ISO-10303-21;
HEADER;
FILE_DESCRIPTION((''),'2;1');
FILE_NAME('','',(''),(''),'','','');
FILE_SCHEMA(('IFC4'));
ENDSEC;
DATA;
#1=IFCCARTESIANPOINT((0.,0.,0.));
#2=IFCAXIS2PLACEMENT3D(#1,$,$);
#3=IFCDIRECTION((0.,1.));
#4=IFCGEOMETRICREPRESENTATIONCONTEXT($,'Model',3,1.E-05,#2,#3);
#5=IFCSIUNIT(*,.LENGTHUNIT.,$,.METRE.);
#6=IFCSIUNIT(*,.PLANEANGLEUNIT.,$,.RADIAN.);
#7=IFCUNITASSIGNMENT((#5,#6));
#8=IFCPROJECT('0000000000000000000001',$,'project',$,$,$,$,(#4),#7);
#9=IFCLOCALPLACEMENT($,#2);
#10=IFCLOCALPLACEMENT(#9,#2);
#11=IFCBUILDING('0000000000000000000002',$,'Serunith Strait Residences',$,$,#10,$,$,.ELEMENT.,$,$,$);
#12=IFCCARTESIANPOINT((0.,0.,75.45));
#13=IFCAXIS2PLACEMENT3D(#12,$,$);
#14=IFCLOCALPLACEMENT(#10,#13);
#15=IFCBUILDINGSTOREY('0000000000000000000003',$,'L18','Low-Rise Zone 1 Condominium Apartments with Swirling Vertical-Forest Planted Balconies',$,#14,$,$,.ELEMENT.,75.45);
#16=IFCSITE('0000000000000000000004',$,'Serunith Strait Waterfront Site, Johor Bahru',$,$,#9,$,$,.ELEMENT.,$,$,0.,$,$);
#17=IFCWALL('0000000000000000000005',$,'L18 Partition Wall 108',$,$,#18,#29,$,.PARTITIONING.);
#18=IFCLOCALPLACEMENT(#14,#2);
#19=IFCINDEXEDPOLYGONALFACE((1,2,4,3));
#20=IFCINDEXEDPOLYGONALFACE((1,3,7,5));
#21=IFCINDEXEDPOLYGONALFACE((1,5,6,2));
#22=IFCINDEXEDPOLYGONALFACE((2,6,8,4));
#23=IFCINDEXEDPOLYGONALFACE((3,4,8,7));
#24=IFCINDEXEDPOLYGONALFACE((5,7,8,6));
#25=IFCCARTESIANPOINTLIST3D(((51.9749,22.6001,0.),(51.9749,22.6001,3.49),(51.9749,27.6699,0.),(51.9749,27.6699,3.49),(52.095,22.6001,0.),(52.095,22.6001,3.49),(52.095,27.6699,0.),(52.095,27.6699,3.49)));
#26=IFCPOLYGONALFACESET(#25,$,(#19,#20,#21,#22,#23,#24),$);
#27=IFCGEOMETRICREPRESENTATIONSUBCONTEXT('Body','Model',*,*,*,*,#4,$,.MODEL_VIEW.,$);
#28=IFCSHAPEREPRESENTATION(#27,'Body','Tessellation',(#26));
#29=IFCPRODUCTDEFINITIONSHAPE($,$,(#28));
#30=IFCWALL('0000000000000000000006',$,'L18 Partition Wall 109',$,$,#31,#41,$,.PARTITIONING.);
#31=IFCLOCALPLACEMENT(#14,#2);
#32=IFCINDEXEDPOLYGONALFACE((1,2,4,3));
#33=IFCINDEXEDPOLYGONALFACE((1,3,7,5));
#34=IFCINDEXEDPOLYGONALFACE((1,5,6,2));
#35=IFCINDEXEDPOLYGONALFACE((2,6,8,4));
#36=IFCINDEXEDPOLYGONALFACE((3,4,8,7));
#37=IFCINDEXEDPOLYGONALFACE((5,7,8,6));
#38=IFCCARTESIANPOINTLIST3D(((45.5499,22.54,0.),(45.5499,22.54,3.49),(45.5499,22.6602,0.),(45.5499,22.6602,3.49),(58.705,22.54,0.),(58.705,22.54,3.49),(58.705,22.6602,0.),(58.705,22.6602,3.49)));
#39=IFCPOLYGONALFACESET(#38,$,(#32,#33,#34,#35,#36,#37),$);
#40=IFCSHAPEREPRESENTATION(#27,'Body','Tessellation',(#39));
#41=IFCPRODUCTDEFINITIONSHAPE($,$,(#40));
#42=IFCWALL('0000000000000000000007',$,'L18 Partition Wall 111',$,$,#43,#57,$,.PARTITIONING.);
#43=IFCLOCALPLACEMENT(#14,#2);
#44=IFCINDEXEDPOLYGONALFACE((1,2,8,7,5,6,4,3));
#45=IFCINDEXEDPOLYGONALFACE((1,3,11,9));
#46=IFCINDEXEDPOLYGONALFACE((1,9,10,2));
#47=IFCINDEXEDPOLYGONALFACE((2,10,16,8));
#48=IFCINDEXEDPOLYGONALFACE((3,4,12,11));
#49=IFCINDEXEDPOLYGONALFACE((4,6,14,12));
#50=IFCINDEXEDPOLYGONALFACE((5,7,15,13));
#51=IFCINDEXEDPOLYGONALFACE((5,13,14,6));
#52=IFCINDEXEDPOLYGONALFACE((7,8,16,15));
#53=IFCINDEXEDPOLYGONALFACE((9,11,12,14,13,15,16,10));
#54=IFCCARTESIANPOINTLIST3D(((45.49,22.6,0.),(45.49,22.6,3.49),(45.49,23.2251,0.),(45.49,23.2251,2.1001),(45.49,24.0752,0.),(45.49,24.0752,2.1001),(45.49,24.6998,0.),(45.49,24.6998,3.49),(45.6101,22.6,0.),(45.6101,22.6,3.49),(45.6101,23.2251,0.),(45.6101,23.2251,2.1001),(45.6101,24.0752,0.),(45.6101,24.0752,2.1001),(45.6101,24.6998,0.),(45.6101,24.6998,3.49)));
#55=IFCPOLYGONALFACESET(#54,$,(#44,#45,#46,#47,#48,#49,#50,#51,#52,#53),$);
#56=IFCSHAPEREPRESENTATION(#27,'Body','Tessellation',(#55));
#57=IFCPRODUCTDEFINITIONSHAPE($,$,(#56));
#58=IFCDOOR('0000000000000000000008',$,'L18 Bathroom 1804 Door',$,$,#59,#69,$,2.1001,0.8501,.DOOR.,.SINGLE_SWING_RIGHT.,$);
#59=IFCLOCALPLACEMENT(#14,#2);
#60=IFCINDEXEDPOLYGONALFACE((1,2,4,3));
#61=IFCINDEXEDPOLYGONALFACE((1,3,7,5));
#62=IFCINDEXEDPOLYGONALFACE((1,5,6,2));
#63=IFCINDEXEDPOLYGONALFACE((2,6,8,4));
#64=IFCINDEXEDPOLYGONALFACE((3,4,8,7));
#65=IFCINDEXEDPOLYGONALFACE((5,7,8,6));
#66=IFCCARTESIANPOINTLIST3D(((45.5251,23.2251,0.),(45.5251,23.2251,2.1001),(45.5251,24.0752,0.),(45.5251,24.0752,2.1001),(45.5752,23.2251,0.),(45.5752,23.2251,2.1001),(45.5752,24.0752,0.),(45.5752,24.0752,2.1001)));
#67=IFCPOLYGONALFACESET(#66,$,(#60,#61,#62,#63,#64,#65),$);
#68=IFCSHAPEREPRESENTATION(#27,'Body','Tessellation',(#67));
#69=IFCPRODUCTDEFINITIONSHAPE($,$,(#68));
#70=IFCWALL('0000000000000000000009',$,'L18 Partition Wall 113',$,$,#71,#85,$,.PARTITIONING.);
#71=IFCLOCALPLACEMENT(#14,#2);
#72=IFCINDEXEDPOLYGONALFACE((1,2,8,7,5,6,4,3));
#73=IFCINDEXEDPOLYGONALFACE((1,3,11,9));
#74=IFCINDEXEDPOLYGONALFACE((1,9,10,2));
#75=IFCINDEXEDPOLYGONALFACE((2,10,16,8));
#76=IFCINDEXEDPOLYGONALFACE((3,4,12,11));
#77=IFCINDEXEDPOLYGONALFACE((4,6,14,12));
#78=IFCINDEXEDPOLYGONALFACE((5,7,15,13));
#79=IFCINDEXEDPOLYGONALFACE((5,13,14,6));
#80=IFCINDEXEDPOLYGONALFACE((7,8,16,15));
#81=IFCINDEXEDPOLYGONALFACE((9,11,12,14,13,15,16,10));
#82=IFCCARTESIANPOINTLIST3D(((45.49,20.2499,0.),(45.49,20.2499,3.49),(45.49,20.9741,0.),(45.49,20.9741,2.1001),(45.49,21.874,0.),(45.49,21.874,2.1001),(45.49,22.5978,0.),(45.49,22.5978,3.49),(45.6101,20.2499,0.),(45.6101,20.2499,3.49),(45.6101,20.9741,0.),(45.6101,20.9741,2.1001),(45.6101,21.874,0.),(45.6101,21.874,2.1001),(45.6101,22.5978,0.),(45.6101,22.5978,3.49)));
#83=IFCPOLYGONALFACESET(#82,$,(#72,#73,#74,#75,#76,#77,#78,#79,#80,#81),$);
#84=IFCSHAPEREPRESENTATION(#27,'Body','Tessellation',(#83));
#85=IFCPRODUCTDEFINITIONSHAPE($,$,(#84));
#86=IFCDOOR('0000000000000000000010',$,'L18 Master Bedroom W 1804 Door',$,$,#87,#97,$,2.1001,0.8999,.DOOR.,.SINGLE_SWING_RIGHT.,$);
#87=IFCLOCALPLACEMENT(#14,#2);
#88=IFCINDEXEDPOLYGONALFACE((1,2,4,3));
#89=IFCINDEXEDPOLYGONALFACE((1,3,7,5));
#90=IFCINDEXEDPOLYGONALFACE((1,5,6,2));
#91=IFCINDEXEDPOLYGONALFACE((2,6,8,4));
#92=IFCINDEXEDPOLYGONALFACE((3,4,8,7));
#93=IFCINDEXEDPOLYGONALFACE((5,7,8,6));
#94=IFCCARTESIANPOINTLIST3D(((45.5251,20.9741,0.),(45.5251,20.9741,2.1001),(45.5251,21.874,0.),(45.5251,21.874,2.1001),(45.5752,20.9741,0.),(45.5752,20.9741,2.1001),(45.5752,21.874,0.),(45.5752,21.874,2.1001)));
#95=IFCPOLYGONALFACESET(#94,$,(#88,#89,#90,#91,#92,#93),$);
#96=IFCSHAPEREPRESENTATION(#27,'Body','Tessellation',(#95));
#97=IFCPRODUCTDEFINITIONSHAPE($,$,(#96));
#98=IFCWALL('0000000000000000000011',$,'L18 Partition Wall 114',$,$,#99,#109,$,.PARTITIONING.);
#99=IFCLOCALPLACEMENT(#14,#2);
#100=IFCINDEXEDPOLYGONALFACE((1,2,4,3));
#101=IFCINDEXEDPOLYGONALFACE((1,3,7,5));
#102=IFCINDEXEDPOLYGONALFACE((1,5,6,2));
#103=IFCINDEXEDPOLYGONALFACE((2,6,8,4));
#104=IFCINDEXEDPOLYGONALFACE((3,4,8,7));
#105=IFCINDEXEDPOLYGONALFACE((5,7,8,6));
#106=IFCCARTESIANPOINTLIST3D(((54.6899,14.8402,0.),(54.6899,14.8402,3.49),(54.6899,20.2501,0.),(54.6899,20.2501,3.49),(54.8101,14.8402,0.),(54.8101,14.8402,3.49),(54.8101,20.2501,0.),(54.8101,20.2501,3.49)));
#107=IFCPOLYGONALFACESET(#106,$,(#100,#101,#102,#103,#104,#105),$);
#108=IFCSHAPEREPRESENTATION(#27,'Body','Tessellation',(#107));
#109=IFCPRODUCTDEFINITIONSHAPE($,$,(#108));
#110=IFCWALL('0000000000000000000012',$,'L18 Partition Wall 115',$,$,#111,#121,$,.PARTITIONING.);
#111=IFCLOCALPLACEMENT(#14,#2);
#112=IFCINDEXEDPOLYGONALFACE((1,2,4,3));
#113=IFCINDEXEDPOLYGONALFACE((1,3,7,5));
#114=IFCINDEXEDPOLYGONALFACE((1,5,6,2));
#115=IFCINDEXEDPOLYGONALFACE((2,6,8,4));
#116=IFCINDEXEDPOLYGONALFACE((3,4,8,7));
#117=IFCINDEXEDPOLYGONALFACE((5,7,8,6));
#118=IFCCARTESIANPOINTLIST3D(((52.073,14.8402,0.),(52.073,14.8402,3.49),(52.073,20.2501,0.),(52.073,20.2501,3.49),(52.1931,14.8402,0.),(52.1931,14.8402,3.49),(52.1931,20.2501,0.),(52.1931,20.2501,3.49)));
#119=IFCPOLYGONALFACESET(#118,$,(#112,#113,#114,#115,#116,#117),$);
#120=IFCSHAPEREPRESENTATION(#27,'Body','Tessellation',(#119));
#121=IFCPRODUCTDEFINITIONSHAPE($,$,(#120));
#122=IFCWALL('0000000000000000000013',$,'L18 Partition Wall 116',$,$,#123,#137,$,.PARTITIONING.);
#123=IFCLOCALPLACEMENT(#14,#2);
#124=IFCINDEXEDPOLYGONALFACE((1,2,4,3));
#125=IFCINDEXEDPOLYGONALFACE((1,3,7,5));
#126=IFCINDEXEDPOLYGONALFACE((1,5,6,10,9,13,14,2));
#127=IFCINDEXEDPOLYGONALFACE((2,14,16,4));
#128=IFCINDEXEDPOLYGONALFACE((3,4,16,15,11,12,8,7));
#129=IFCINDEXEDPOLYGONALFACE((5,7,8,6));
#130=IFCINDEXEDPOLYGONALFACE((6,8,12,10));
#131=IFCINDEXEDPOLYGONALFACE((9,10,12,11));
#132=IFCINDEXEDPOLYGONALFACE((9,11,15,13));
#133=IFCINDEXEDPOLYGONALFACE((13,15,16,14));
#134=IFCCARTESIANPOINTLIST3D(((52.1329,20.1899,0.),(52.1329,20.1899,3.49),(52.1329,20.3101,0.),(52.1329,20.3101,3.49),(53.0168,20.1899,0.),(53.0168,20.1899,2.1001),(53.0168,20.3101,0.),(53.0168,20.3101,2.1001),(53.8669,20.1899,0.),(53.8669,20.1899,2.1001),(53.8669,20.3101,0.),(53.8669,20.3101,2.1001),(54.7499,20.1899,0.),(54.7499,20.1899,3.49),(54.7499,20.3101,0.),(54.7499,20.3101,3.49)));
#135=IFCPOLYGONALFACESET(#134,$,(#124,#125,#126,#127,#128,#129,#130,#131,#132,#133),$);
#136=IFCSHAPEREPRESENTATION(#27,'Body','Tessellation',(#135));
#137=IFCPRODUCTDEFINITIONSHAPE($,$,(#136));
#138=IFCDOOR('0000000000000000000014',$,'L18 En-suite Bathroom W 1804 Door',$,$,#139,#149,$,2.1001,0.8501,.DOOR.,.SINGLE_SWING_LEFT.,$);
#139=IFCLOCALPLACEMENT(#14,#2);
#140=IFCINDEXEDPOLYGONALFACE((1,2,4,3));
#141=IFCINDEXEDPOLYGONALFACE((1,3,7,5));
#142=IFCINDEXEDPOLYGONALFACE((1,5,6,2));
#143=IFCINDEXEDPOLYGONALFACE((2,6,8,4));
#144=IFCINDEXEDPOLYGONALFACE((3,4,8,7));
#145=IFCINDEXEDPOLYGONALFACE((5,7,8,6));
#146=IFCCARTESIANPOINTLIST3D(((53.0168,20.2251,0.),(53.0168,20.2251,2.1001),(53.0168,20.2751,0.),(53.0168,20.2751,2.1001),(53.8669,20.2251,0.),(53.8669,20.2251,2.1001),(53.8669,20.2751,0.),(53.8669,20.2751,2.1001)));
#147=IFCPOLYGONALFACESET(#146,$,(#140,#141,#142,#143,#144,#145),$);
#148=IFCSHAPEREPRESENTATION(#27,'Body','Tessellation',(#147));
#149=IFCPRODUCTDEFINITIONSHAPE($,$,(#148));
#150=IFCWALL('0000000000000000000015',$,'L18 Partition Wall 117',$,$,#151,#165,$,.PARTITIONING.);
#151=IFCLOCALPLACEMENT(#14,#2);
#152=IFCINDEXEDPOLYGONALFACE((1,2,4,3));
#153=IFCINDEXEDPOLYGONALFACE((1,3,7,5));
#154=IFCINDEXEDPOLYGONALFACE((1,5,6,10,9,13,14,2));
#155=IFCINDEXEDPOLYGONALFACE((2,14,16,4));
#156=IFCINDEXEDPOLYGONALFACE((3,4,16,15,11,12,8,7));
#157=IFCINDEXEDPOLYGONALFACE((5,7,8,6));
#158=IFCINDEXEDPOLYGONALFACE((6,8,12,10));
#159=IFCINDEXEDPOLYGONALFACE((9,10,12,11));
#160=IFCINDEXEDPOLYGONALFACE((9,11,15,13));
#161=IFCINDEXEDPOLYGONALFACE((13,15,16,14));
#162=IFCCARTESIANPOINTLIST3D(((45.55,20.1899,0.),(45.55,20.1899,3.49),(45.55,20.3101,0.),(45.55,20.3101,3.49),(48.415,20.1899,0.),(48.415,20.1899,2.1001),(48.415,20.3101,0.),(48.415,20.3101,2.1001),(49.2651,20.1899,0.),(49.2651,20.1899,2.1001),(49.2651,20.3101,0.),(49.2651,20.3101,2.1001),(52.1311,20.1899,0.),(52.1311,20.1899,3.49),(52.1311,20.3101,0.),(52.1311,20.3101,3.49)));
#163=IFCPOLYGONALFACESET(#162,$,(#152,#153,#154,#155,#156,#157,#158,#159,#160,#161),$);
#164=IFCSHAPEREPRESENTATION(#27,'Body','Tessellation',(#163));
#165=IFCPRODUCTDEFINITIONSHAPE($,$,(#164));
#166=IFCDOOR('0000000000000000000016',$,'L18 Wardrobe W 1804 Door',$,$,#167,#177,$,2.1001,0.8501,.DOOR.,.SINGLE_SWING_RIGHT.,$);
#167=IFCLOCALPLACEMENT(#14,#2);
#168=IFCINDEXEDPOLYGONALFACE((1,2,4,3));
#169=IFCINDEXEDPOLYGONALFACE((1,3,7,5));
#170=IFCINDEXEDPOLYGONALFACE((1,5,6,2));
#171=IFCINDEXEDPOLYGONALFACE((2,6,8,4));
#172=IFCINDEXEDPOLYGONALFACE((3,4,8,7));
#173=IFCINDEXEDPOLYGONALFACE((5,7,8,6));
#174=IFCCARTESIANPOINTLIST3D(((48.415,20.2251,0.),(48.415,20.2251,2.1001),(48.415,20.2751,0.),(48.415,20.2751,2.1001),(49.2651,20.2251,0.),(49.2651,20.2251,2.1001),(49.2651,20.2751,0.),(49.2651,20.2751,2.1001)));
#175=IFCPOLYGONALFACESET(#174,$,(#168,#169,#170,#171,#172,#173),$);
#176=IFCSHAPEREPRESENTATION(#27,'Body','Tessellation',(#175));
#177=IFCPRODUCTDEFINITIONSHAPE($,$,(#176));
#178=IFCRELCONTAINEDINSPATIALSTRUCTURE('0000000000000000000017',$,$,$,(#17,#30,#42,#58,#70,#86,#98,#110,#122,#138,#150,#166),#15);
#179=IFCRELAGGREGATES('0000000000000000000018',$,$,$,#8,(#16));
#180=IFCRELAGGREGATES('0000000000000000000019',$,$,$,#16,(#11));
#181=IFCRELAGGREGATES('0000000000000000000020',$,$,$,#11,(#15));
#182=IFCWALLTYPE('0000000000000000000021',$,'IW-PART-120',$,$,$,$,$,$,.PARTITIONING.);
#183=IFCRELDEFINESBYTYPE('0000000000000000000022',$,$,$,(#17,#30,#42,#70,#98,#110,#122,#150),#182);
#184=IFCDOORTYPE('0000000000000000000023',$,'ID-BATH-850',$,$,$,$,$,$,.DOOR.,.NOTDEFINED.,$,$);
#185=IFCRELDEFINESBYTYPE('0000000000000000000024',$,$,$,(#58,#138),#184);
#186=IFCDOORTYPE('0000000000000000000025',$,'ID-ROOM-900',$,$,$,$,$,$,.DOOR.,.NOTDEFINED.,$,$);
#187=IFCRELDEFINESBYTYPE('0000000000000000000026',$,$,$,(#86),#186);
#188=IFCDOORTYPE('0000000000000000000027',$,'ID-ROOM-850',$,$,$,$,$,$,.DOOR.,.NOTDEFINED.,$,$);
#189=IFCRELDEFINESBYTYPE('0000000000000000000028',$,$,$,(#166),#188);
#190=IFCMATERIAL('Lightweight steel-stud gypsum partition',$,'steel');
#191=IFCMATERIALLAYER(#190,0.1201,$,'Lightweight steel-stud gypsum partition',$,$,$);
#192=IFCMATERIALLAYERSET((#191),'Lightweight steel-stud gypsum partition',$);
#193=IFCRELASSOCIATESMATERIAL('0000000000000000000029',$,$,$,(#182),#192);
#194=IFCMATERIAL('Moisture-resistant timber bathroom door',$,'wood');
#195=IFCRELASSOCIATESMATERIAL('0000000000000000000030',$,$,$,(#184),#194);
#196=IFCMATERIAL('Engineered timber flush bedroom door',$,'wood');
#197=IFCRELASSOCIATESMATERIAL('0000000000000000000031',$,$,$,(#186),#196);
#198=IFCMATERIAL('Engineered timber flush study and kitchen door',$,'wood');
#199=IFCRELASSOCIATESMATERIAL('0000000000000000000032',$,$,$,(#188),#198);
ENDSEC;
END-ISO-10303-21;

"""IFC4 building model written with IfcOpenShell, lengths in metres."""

from ifc_helpers import new_model, si_unit, direction, frame, frame_2d, origin, place, context, subcontext, project, spatial, rectangle, extrude, source, transform, mapped, material, layer, layer_set, type_object, element, fill, save


model = new_model("IFC4")

# Units and contexts
model_context = context("Model", 3, precision=1e-05, world=origin(), true_north=direction((0.0, 1.0)))
body_context = subcontext(model_context, "Body", "Model", "MODEL_VIEW")
ifc_project = project(units=[si_unit("LENGTHUNIT", "METRE"), si_unit("PLANEANGLEUNIT", "RADIAN")], contexts=[model_context])

# Site, building, storey
site_placement = place(None, origin())
site = spatial("IfcSite", under=ifc_project, at=site_placement, Name="Serunith Strait Waterfront Site, Johor Bahru", CompositionType="ELEMENT", RefElevation=0.0)
building_placement = place(site_placement, origin())
building = spatial("IfcBuilding", under=site, at=building_placement, Name="Serunith Strait Residences", CompositionType="ELEMENT")
storey_placement = place(building_placement, frame((0.0, 0.0, 75.45)))
storey = spatial("IfcBuildingStorey", under=building, at=storey_placement, Name="L18", Description="Low-Rise Zone 1 Condominium Apartments with Swirling Vertical-Forest Planted Balconies", CompositionType="ELEMENT", Elevation=75.45)

# Walls
ifc_material_1 = material(Name="Lightweight steel-stud gypsum partition", Category="steel")
ifc_layer_1 = layer(ifc_material_1, 0.1201, Name="Lightweight steel-stud gypsum partition")
ifc_layer_set_1 = layer_set([ifc_layer_1], Name="Lightweight steel-stud gypsum partition")
wall_type_1 = type_object("IfcWallType", Name="IW-PART-120", PredefinedType="PARTITIONING", material=ifc_layer_set_1)
wall_1_placement = place(storey_placement, frame((52.0349, 22.6001, 0.0), z_axis=(0.0, 0.0, 1.0), x_axis=(0.0, 1.0, 0.0)))
element("IfcWall", 1, at=wall_1_placement, inside=storey, type_object=wall_type_1, Name="L18 Partition Wall 108", PredefinedType="PARTITIONING", context=body_context, shape_type="SweptSolid", body=[
    extrude(rectangle(XDim=5.0698, YDim=0.1201, at=frame_2d((2.5349, 0.0))), origin(), (0.0, 0.0, 1.0), 3.49),
])
wall_2_placement = place(storey_placement, frame((58.7051, 22.6001, 0.0), z_axis=(0.0, 0.0, 1.0), x_axis=(-1.0, 0.0, 0.0)))
element("IfcWall", 2, at=wall_2_placement, inside=storey, type_object=wall_type_1, Name="L18 Partition Wall 109", PredefinedType="PARTITIONING", context=body_context, shape_type="SweptSolid", body=[
    extrude(rectangle(XDim=13.155, YDim=0.1201, at=frame_2d((6.5776, 0.0))), origin(), (0.0, 0.0, 1.0), 3.49),
])

# Walls, openings, doors
wall_3_placement = place(storey_placement, frame((45.55, 22.6001, 0.0), z_axis=(0.0, 0.0, 1.0), x_axis=(0.0, 1.0, 0.0)))
wall_3 = element("IfcWall", 3, at=wall_3_placement, inside=storey, type_object=wall_type_1, Name="L18 Partition Wall 111", PredefinedType="PARTITIONING", context=body_context, shape_type="SweptSolid", body=[
    extrude(rectangle(XDim=2.0999, YDim=0.1201, at=frame_2d((1.0498, 0.0))), origin(), (0.0, 0.0, 1.0), 3.49),
])
opening_1_placement = place(wall_3_placement, frame((0.625, 0.0, 0.0)))
opening_1 = element("IfcOpeningElement", 4, at=opening_1_placement, cuts=wall_3, PredefinedType="OPENING", context=body_context, shape_type="SweptSolid", body=[
    extrude(rectangle(XDim=0.8501, YDim=2.1001, at=frame_2d((0.425, 1.05))), frame((0.0, 0.0701, 0.0), z_axis=(0.0, -1.0, 0.0), x_axis=(1.0, 0.0, 0.0)), (0.0, 0.0, 1.0), 0.1401),
])
ifc_material_2 = material(Name="Moisture-resistant timber bathroom door", Category="wood")
door_type_1 = type_object("IfcDoorType", Name="ID-BATH-850", OperationType="NOTDEFINED", PredefinedType="DOOR", material=ifc_material_2)
shared_shape_1 = source(origin(), body_context, "Body", "SweptSolid", [
    extrude(rectangle(XDim=0.8501, YDim=2.1001, at=frame_2d((0.425, 1.05))), frame((0.0, 0.0249, 0.0), z_axis=(0.0, -1.0, 0.0), x_axis=(1.0, 0.0, 0.0)), (0.0, 0.0, 1.0), 0.05),
])
door_1_placement = place(opening_1_placement, origin())
door_1 = element("IfcDoor", 5, at=door_1_placement, inside=storey, type_object=door_type_1, Name="L18 Bathroom 1804 Door", OperationType="SINGLE_SWING_RIGHT", OverallHeight=2.1001, OverallWidth=0.8501, PredefinedType="DOOR", context=body_context, shape_type="MappedRepresentation", body=[
    mapped(shared_shape_1, transform((0.0, 0.0, 0.0), scale=1.0)),
])
fill(opening_1, door_1)
wall_4_placement = place(storey_placement, frame((45.55, 20.25, 0.0), z_axis=(0.0, 0.0, 1.0), x_axis=(0.0, 1.0, 0.0)))
wall_4 = element("IfcWall", 6, at=wall_4_placement, inside=storey, type_object=wall_type_1, Name="L18 Partition Wall 113", PredefinedType="PARTITIONING", context=body_context, shape_type="SweptSolid", body=[
    extrude(rectangle(XDim=2.3479, YDim=0.1201, at=frame_2d((1.1738, 0.0))), origin(), (0.0, 0.0, 1.0), 3.49),
])
opening_2_placement = place(wall_4_placement, frame((0.7241, 0.0, 0.0)))
opening_2 = element("IfcOpeningElement", 7, at=opening_2_placement, cuts=wall_4, PredefinedType="OPENING", context=body_context, shape_type="SweptSolid", body=[
    extrude(rectangle(XDim=0.8999, YDim=2.1001, at=frame_2d((0.45, 1.05))), frame((0.0, 0.0701, 0.0), z_axis=(0.0, -1.0, 0.0), x_axis=(1.0, 0.0, 0.0)), (0.0, 0.0, 1.0), 0.1401),
])
ifc_material_3 = material(Name="Engineered timber flush bedroom door", Category="wood")
door_type_2 = type_object("IfcDoorType", Name="ID-ROOM-900", OperationType="NOTDEFINED", PredefinedType="DOOR", material=ifc_material_3)
shared_shape_2 = source(origin(), body_context, "Body", "SweptSolid", [
    extrude(rectangle(XDim=0.8999, YDim=2.1001, at=frame_2d((0.45, 1.05))), frame((0.0, 0.0249, 0.0), z_axis=(0.0, -1.0, 0.0), x_axis=(1.0, 0.0, 0.0)), (0.0, 0.0, 1.0), 0.05),
])
door_2_placement = place(opening_2_placement, origin())
door_2 = element("IfcDoor", 8, at=door_2_placement, inside=storey, type_object=door_type_2, Name="L18 Master Bedroom W 1804 Door", OperationType="SINGLE_SWING_RIGHT", OverallHeight=2.1001, OverallWidth=0.8999, PredefinedType="DOOR", context=body_context, shape_type="MappedRepresentation", body=[
    mapped(shared_shape_2, transform((0.0, 0.0, 0.0), scale=1.0)),
])
fill(opening_2, door_2)

# Walls
for number, where, z_axis, x_axis, name in (
    (9, (54.75, 14.8401, 0.0), (0.0, 0.0, 1.0), (0.0, 1.0, 0.0), "L18 Partition Wall 114"),
    (10, (52.1331, 14.8401, 0.0), (0.0, 0.0, 1.0), (0.0, 1.0, 0.0), "L18 Partition Wall 115"),
):
    element("IfcWall", number, at=place(storey_placement, frame(where, z_axis=z_axis, x_axis=x_axis)), inside=storey, type_object=wall_type_1, Name=name, PredefinedType="PARTITIONING", context=body_context, shape_type="SweptSolid", body=[
        extrude(rectangle(XDim=5.4099, YDim=0.1201, at=frame_2d((2.7051, 0.0))), origin(), (0.0, 0.0, 1.0), 3.49),
    ])

# Walls, openings, doors
wall_5_placement = place(storey_placement, frame((54.75, 20.25, 0.0), z_axis=(0.0, 0.0, 1.0), x_axis=(-1.0, 0.0, 0.0)))
wall_5 = element("IfcWall", 11, at=wall_5_placement, inside=storey, type_object=wall_type_1, Name="L18 Partition Wall 116", PredefinedType="PARTITIONING", context=body_context, shape_type="SweptSolid", body=[
    extrude(rectangle(XDim=2.6169, YDim=0.1201, at=frame_2d((1.3086, 0.0))), origin(), (0.0, 0.0, 1.0), 3.49),
])
opening_3_placement = place(wall_5_placement, frame((0.8831, 0.0, 0.0)))
opening_3 = element("IfcOpeningElement", 12, at=opening_3_placement, cuts=wall_5, PredefinedType="OPENING", context=body_context, shape_type="SweptSolid", body=[
    extrude(rectangle(XDim=0.8501, YDim=2.1001, at=frame_2d((0.425, 1.05))), frame((0.0, 0.0701, 0.0), z_axis=(0.0, -1.0, 0.0), x_axis=(1.0, 0.0, 0.0)), (0.0, 0.0, 1.0), 0.1401),
])
door_3_placement = place(opening_3_placement, origin())
door_3 = element("IfcDoor", 13, at=door_3_placement, inside=storey, type_object=door_type_1, Name="L18 En-suite Bathroom W 1804 Door", OperationType="SINGLE_SWING_LEFT", OverallHeight=2.1001, OverallWidth=0.8501, PredefinedType="DOOR", context=body_context, shape_type="MappedRepresentation", body=[
    mapped(shared_shape_1, transform((0.0, 0.0, 0.0), scale=1.0)),
])
fill(opening_3, door_3)
wall_6_placement = place(storey_placement, frame((52.1311, 20.25, 0.0), z_axis=(0.0, 0.0, 1.0), x_axis=(-1.0, 0.0, 0.0)))
wall_6 = element("IfcWall", 14, at=wall_6_placement, inside=storey, type_object=wall_type_1, Name="L18 Partition Wall 117", PredefinedType="PARTITIONING", context=body_context, shape_type="SweptSolid", body=[
    extrude(rectangle(XDim=6.5811, YDim=0.1201, at=frame_2d((3.2905, 0.0))), origin(), (0.0, 0.0, 1.0), 3.49),
])
opening_4_placement = place(wall_6_placement, frame((2.866, 0.0, 0.0)))
opening_4 = element("IfcOpeningElement", 15, at=opening_4_placement, cuts=wall_6, PredefinedType="OPENING", context=body_context, shape_type="SweptSolid", body=[
    extrude(rectangle(XDim=0.8501, YDim=2.1001, at=frame_2d((0.425, 1.05))), frame((0.0, 0.0701, 0.0), z_axis=(0.0, -1.0, 0.0), x_axis=(1.0, 0.0, 0.0)), (0.0, 0.0, 1.0), 0.1401),
])
ifc_material_4 = material(Name="Engineered timber flush study and kitchen door", Category="wood")
door_type_3 = type_object("IfcDoorType", Name="ID-ROOM-850", OperationType="NOTDEFINED", PredefinedType="DOOR", material=ifc_material_4)
door_4_placement = place(opening_4_placement, origin())
door_4 = element("IfcDoor", 16, at=door_4_placement, inside=storey, type_object=door_type_3, Name="L18 Wardrobe W 1804 Door", OperationType="SINGLE_SWING_RIGHT", OverallHeight=2.1001, OverallWidth=0.8501, PredefinedType="DOOR", context=body_context, shape_type="MappedRepresentation", body=[
    mapped(shared_shape_1, transform((0.0, 0.0, 0.0), scale=1.0)),
])
fill(opening_4, door_4)

save(model, "model.ifc")
